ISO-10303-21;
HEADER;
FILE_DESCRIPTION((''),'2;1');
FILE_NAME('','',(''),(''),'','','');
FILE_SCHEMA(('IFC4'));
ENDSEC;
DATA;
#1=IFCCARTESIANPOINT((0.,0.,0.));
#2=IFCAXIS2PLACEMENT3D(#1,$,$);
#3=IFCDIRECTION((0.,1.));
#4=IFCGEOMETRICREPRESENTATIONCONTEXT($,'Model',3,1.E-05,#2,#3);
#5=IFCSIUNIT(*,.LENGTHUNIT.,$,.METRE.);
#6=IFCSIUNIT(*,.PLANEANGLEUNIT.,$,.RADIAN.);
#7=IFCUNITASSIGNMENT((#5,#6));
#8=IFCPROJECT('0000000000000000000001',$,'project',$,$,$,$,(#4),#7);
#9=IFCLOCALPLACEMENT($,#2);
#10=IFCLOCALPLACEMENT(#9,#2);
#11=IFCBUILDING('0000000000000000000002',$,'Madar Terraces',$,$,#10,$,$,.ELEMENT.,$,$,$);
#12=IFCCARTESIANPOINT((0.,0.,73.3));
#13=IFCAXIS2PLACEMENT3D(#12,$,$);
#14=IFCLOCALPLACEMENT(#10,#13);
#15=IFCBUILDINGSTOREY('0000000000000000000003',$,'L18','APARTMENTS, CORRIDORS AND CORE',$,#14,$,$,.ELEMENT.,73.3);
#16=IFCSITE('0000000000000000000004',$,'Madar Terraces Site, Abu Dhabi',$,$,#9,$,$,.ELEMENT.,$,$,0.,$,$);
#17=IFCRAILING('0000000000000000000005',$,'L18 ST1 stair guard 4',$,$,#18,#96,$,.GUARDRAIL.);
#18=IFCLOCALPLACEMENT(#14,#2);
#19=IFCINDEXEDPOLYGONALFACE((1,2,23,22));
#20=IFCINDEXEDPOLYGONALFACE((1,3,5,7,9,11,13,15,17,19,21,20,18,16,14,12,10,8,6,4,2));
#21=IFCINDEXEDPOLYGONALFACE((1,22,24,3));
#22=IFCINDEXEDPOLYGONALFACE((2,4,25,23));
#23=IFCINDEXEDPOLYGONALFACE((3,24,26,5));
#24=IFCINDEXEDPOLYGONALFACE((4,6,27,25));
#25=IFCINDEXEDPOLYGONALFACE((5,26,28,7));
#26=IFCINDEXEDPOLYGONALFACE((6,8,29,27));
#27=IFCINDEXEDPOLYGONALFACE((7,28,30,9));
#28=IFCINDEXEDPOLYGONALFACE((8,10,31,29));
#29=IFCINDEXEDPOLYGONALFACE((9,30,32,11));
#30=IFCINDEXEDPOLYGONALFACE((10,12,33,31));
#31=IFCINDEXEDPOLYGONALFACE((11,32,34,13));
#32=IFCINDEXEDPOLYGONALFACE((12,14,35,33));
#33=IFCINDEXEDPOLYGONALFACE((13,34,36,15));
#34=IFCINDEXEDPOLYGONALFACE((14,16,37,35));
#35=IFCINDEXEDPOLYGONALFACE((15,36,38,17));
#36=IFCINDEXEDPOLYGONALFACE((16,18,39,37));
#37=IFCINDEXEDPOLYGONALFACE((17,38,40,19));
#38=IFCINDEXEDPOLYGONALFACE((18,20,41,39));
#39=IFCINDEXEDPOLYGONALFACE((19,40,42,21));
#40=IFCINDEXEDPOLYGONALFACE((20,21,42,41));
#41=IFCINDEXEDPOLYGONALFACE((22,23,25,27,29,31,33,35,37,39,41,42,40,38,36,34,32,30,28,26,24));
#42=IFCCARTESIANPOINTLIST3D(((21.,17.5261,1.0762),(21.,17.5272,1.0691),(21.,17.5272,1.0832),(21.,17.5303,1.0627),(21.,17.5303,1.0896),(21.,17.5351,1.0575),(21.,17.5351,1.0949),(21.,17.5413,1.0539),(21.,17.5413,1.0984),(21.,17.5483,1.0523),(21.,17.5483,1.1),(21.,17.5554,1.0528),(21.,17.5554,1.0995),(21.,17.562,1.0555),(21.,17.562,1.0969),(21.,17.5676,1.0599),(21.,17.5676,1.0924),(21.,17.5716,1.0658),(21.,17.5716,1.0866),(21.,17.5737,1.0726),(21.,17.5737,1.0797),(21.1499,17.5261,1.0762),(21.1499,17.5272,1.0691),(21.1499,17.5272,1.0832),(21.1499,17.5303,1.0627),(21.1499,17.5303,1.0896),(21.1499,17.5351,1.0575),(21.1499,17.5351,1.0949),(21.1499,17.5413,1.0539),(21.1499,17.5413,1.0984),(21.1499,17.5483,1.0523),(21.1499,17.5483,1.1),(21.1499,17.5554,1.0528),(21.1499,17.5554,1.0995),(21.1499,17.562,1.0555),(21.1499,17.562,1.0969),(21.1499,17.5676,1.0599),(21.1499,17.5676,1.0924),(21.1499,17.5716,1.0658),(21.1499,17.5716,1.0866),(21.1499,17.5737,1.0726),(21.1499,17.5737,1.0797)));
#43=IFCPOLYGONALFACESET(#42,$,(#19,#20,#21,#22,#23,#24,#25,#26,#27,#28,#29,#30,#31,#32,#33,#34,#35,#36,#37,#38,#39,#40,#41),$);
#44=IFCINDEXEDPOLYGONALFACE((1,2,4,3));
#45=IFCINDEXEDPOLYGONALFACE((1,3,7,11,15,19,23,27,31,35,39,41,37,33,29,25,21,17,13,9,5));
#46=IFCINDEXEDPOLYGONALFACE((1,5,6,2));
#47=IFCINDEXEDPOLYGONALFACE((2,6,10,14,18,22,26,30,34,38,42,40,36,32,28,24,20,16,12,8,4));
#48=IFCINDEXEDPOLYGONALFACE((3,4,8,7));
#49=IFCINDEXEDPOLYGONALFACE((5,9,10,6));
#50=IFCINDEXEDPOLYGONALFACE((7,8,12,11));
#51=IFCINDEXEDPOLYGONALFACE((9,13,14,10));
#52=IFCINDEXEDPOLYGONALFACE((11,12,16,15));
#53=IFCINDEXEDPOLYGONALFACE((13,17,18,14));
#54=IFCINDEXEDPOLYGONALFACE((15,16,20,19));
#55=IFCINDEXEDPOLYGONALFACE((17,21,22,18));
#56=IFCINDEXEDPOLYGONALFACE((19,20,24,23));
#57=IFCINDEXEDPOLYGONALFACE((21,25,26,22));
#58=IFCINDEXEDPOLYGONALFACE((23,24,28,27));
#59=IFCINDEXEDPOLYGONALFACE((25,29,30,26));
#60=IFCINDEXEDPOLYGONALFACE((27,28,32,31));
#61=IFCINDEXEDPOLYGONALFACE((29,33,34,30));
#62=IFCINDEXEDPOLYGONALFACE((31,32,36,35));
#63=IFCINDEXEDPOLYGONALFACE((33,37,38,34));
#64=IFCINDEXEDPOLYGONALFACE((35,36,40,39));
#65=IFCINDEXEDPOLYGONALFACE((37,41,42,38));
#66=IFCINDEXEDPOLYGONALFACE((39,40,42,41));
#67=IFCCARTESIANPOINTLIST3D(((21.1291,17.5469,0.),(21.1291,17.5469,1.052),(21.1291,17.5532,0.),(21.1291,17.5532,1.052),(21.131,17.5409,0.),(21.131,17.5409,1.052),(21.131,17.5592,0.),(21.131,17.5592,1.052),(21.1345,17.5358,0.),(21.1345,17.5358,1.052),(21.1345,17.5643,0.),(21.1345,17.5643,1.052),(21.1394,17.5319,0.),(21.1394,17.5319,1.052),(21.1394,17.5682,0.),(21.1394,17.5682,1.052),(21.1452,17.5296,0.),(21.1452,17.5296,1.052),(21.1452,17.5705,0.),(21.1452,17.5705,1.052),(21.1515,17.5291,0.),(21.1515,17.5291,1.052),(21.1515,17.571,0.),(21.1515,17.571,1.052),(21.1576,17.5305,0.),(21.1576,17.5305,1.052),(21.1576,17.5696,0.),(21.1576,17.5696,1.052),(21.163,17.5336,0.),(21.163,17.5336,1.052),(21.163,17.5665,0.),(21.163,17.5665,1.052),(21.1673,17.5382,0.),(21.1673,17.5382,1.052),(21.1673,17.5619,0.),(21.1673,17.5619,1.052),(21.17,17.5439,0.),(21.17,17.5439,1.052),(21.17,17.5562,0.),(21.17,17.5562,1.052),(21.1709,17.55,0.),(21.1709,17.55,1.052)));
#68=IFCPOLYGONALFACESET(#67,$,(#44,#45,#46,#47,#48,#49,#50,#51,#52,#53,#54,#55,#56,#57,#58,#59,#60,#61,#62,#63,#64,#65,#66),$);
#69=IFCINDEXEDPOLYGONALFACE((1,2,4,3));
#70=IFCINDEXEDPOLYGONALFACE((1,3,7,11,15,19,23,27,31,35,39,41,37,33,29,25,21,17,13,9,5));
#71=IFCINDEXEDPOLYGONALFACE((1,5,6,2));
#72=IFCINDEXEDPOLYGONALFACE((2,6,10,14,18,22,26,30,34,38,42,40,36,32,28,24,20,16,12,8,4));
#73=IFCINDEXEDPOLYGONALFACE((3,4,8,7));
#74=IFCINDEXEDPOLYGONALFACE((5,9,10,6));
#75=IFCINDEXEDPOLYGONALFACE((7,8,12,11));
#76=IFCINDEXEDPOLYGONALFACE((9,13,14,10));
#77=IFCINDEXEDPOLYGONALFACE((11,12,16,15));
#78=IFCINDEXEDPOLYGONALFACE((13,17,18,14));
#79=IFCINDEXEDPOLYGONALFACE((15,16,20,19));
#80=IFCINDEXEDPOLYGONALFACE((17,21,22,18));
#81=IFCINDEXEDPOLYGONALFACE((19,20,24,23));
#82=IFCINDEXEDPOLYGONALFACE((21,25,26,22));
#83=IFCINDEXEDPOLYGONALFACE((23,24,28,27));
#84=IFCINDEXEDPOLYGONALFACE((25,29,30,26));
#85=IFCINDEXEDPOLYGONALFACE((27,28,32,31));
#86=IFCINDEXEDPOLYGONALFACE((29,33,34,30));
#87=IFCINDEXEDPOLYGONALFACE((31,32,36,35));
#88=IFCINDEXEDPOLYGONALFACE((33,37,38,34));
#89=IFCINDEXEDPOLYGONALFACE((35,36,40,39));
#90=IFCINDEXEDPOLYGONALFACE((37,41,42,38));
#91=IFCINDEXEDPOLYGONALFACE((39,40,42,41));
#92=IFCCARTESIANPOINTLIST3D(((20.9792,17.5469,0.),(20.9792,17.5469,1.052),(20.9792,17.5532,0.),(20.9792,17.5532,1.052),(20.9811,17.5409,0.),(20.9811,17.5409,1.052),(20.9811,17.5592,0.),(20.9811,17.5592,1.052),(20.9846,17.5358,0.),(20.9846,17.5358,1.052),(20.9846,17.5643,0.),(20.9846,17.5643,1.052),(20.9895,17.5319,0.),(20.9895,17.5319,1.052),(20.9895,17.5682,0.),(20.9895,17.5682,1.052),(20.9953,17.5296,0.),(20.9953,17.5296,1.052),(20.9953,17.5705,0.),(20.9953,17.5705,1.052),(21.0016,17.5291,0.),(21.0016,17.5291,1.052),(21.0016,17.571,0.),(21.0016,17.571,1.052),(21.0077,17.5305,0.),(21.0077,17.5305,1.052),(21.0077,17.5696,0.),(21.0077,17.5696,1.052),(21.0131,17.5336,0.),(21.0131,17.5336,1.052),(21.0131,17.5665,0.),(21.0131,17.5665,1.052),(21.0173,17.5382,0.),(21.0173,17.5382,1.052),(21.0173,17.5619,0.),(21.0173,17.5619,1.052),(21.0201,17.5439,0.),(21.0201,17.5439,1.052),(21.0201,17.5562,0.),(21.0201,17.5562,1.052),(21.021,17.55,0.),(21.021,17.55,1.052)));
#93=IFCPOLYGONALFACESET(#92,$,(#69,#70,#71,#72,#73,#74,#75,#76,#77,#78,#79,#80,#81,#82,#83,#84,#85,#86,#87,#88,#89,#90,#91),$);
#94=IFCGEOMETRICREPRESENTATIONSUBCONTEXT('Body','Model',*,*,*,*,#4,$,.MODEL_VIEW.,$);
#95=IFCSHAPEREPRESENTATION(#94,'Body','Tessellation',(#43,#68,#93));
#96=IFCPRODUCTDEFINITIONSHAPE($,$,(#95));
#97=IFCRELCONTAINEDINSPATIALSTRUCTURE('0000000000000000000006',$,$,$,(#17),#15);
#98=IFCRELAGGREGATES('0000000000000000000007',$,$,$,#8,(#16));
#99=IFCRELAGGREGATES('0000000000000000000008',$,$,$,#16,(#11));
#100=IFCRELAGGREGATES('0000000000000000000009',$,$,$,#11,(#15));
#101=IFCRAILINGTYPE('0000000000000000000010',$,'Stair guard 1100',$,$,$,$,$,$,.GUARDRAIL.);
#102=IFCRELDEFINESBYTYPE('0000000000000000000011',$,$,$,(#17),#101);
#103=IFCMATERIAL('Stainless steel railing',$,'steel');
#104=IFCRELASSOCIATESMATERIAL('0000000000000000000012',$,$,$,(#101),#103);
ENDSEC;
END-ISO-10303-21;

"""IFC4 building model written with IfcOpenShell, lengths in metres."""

from ifc_helpers import new_model, si_unit, direction, frame, origin, origin_2d, place, context, subcontext, project, spatial, circle, extrude, material, type_object, element, save


model = new_model("IFC4")

# Units and contexts
model_context = context("Model", 3, precision=1e-05, world=origin(), true_north=direction((0.0, 1.0)))
body_context = subcontext(model_context, "Body", "Model", "MODEL_VIEW")
ifc_project = project(units=[si_unit("LENGTHUNIT", "METRE"), si_unit("PLANEANGLEUNIT", "RADIAN")], contexts=[model_context])

# Site, building, storey
site_placement = place(None, origin())
site = spatial("IfcSite", under=ifc_project, at=site_placement, Name="Madar Terraces Site, Abu Dhabi", CompositionType="ELEMENT", RefElevation=0.0)
building_placement = place(site_placement, origin())
building = spatial("IfcBuilding", under=site, at=building_placement, Name="Madar Terraces", CompositionType="ELEMENT")
storey_placement = place(building_placement, frame((0.0, 0.0, 73.3)))
storey = spatial("IfcBuildingStorey", under=building, at=storey_placement, Name="L18", Description="APARTMENTS, CORRIDORS AND CORE", CompositionType="ELEMENT", Elevation=73.3)

# Railing
ifc_material_1 = material(Name="Stainless steel railing", Category="steel")
railing_type_1 = type_object("IfcRailingType", Name="Stair guard 1100", PredefinedType="GUARDRAIL", material=ifc_material_1)
railing_1_placement = place(storey_placement, frame((21.1499, 17.55, 0.0)))
element("IfcRailing", 1, at=railing_1_placement, inside=storey, type_object=railing_type_1, Name="L18 ST1 stair guard 4", PredefinedType="GUARDRAIL", context=body_context, shape_type="SweptSolid", body=[
    extrude(circle(Radius=0.0239, at=origin_2d()), frame((0.0, 0.0, 1.0762), z_axis=(-1.0, 0.0, 0.0), x_axis=(0.0, -1.0, 0.0)), (0.0, 0.0, 1.0), 0.1499),
    extrude(circle(Radius=0.021, at=origin_2d()), origin(), (0.0, 0.0, 1.0), 1.052),
    extrude(circle(Radius=0.021, at=origin_2d()), frame((-0.1499, 0.0, 0.0)), (0.0, 0.0, 1.0), 1.052),
])

save(model, "model.ifc")
